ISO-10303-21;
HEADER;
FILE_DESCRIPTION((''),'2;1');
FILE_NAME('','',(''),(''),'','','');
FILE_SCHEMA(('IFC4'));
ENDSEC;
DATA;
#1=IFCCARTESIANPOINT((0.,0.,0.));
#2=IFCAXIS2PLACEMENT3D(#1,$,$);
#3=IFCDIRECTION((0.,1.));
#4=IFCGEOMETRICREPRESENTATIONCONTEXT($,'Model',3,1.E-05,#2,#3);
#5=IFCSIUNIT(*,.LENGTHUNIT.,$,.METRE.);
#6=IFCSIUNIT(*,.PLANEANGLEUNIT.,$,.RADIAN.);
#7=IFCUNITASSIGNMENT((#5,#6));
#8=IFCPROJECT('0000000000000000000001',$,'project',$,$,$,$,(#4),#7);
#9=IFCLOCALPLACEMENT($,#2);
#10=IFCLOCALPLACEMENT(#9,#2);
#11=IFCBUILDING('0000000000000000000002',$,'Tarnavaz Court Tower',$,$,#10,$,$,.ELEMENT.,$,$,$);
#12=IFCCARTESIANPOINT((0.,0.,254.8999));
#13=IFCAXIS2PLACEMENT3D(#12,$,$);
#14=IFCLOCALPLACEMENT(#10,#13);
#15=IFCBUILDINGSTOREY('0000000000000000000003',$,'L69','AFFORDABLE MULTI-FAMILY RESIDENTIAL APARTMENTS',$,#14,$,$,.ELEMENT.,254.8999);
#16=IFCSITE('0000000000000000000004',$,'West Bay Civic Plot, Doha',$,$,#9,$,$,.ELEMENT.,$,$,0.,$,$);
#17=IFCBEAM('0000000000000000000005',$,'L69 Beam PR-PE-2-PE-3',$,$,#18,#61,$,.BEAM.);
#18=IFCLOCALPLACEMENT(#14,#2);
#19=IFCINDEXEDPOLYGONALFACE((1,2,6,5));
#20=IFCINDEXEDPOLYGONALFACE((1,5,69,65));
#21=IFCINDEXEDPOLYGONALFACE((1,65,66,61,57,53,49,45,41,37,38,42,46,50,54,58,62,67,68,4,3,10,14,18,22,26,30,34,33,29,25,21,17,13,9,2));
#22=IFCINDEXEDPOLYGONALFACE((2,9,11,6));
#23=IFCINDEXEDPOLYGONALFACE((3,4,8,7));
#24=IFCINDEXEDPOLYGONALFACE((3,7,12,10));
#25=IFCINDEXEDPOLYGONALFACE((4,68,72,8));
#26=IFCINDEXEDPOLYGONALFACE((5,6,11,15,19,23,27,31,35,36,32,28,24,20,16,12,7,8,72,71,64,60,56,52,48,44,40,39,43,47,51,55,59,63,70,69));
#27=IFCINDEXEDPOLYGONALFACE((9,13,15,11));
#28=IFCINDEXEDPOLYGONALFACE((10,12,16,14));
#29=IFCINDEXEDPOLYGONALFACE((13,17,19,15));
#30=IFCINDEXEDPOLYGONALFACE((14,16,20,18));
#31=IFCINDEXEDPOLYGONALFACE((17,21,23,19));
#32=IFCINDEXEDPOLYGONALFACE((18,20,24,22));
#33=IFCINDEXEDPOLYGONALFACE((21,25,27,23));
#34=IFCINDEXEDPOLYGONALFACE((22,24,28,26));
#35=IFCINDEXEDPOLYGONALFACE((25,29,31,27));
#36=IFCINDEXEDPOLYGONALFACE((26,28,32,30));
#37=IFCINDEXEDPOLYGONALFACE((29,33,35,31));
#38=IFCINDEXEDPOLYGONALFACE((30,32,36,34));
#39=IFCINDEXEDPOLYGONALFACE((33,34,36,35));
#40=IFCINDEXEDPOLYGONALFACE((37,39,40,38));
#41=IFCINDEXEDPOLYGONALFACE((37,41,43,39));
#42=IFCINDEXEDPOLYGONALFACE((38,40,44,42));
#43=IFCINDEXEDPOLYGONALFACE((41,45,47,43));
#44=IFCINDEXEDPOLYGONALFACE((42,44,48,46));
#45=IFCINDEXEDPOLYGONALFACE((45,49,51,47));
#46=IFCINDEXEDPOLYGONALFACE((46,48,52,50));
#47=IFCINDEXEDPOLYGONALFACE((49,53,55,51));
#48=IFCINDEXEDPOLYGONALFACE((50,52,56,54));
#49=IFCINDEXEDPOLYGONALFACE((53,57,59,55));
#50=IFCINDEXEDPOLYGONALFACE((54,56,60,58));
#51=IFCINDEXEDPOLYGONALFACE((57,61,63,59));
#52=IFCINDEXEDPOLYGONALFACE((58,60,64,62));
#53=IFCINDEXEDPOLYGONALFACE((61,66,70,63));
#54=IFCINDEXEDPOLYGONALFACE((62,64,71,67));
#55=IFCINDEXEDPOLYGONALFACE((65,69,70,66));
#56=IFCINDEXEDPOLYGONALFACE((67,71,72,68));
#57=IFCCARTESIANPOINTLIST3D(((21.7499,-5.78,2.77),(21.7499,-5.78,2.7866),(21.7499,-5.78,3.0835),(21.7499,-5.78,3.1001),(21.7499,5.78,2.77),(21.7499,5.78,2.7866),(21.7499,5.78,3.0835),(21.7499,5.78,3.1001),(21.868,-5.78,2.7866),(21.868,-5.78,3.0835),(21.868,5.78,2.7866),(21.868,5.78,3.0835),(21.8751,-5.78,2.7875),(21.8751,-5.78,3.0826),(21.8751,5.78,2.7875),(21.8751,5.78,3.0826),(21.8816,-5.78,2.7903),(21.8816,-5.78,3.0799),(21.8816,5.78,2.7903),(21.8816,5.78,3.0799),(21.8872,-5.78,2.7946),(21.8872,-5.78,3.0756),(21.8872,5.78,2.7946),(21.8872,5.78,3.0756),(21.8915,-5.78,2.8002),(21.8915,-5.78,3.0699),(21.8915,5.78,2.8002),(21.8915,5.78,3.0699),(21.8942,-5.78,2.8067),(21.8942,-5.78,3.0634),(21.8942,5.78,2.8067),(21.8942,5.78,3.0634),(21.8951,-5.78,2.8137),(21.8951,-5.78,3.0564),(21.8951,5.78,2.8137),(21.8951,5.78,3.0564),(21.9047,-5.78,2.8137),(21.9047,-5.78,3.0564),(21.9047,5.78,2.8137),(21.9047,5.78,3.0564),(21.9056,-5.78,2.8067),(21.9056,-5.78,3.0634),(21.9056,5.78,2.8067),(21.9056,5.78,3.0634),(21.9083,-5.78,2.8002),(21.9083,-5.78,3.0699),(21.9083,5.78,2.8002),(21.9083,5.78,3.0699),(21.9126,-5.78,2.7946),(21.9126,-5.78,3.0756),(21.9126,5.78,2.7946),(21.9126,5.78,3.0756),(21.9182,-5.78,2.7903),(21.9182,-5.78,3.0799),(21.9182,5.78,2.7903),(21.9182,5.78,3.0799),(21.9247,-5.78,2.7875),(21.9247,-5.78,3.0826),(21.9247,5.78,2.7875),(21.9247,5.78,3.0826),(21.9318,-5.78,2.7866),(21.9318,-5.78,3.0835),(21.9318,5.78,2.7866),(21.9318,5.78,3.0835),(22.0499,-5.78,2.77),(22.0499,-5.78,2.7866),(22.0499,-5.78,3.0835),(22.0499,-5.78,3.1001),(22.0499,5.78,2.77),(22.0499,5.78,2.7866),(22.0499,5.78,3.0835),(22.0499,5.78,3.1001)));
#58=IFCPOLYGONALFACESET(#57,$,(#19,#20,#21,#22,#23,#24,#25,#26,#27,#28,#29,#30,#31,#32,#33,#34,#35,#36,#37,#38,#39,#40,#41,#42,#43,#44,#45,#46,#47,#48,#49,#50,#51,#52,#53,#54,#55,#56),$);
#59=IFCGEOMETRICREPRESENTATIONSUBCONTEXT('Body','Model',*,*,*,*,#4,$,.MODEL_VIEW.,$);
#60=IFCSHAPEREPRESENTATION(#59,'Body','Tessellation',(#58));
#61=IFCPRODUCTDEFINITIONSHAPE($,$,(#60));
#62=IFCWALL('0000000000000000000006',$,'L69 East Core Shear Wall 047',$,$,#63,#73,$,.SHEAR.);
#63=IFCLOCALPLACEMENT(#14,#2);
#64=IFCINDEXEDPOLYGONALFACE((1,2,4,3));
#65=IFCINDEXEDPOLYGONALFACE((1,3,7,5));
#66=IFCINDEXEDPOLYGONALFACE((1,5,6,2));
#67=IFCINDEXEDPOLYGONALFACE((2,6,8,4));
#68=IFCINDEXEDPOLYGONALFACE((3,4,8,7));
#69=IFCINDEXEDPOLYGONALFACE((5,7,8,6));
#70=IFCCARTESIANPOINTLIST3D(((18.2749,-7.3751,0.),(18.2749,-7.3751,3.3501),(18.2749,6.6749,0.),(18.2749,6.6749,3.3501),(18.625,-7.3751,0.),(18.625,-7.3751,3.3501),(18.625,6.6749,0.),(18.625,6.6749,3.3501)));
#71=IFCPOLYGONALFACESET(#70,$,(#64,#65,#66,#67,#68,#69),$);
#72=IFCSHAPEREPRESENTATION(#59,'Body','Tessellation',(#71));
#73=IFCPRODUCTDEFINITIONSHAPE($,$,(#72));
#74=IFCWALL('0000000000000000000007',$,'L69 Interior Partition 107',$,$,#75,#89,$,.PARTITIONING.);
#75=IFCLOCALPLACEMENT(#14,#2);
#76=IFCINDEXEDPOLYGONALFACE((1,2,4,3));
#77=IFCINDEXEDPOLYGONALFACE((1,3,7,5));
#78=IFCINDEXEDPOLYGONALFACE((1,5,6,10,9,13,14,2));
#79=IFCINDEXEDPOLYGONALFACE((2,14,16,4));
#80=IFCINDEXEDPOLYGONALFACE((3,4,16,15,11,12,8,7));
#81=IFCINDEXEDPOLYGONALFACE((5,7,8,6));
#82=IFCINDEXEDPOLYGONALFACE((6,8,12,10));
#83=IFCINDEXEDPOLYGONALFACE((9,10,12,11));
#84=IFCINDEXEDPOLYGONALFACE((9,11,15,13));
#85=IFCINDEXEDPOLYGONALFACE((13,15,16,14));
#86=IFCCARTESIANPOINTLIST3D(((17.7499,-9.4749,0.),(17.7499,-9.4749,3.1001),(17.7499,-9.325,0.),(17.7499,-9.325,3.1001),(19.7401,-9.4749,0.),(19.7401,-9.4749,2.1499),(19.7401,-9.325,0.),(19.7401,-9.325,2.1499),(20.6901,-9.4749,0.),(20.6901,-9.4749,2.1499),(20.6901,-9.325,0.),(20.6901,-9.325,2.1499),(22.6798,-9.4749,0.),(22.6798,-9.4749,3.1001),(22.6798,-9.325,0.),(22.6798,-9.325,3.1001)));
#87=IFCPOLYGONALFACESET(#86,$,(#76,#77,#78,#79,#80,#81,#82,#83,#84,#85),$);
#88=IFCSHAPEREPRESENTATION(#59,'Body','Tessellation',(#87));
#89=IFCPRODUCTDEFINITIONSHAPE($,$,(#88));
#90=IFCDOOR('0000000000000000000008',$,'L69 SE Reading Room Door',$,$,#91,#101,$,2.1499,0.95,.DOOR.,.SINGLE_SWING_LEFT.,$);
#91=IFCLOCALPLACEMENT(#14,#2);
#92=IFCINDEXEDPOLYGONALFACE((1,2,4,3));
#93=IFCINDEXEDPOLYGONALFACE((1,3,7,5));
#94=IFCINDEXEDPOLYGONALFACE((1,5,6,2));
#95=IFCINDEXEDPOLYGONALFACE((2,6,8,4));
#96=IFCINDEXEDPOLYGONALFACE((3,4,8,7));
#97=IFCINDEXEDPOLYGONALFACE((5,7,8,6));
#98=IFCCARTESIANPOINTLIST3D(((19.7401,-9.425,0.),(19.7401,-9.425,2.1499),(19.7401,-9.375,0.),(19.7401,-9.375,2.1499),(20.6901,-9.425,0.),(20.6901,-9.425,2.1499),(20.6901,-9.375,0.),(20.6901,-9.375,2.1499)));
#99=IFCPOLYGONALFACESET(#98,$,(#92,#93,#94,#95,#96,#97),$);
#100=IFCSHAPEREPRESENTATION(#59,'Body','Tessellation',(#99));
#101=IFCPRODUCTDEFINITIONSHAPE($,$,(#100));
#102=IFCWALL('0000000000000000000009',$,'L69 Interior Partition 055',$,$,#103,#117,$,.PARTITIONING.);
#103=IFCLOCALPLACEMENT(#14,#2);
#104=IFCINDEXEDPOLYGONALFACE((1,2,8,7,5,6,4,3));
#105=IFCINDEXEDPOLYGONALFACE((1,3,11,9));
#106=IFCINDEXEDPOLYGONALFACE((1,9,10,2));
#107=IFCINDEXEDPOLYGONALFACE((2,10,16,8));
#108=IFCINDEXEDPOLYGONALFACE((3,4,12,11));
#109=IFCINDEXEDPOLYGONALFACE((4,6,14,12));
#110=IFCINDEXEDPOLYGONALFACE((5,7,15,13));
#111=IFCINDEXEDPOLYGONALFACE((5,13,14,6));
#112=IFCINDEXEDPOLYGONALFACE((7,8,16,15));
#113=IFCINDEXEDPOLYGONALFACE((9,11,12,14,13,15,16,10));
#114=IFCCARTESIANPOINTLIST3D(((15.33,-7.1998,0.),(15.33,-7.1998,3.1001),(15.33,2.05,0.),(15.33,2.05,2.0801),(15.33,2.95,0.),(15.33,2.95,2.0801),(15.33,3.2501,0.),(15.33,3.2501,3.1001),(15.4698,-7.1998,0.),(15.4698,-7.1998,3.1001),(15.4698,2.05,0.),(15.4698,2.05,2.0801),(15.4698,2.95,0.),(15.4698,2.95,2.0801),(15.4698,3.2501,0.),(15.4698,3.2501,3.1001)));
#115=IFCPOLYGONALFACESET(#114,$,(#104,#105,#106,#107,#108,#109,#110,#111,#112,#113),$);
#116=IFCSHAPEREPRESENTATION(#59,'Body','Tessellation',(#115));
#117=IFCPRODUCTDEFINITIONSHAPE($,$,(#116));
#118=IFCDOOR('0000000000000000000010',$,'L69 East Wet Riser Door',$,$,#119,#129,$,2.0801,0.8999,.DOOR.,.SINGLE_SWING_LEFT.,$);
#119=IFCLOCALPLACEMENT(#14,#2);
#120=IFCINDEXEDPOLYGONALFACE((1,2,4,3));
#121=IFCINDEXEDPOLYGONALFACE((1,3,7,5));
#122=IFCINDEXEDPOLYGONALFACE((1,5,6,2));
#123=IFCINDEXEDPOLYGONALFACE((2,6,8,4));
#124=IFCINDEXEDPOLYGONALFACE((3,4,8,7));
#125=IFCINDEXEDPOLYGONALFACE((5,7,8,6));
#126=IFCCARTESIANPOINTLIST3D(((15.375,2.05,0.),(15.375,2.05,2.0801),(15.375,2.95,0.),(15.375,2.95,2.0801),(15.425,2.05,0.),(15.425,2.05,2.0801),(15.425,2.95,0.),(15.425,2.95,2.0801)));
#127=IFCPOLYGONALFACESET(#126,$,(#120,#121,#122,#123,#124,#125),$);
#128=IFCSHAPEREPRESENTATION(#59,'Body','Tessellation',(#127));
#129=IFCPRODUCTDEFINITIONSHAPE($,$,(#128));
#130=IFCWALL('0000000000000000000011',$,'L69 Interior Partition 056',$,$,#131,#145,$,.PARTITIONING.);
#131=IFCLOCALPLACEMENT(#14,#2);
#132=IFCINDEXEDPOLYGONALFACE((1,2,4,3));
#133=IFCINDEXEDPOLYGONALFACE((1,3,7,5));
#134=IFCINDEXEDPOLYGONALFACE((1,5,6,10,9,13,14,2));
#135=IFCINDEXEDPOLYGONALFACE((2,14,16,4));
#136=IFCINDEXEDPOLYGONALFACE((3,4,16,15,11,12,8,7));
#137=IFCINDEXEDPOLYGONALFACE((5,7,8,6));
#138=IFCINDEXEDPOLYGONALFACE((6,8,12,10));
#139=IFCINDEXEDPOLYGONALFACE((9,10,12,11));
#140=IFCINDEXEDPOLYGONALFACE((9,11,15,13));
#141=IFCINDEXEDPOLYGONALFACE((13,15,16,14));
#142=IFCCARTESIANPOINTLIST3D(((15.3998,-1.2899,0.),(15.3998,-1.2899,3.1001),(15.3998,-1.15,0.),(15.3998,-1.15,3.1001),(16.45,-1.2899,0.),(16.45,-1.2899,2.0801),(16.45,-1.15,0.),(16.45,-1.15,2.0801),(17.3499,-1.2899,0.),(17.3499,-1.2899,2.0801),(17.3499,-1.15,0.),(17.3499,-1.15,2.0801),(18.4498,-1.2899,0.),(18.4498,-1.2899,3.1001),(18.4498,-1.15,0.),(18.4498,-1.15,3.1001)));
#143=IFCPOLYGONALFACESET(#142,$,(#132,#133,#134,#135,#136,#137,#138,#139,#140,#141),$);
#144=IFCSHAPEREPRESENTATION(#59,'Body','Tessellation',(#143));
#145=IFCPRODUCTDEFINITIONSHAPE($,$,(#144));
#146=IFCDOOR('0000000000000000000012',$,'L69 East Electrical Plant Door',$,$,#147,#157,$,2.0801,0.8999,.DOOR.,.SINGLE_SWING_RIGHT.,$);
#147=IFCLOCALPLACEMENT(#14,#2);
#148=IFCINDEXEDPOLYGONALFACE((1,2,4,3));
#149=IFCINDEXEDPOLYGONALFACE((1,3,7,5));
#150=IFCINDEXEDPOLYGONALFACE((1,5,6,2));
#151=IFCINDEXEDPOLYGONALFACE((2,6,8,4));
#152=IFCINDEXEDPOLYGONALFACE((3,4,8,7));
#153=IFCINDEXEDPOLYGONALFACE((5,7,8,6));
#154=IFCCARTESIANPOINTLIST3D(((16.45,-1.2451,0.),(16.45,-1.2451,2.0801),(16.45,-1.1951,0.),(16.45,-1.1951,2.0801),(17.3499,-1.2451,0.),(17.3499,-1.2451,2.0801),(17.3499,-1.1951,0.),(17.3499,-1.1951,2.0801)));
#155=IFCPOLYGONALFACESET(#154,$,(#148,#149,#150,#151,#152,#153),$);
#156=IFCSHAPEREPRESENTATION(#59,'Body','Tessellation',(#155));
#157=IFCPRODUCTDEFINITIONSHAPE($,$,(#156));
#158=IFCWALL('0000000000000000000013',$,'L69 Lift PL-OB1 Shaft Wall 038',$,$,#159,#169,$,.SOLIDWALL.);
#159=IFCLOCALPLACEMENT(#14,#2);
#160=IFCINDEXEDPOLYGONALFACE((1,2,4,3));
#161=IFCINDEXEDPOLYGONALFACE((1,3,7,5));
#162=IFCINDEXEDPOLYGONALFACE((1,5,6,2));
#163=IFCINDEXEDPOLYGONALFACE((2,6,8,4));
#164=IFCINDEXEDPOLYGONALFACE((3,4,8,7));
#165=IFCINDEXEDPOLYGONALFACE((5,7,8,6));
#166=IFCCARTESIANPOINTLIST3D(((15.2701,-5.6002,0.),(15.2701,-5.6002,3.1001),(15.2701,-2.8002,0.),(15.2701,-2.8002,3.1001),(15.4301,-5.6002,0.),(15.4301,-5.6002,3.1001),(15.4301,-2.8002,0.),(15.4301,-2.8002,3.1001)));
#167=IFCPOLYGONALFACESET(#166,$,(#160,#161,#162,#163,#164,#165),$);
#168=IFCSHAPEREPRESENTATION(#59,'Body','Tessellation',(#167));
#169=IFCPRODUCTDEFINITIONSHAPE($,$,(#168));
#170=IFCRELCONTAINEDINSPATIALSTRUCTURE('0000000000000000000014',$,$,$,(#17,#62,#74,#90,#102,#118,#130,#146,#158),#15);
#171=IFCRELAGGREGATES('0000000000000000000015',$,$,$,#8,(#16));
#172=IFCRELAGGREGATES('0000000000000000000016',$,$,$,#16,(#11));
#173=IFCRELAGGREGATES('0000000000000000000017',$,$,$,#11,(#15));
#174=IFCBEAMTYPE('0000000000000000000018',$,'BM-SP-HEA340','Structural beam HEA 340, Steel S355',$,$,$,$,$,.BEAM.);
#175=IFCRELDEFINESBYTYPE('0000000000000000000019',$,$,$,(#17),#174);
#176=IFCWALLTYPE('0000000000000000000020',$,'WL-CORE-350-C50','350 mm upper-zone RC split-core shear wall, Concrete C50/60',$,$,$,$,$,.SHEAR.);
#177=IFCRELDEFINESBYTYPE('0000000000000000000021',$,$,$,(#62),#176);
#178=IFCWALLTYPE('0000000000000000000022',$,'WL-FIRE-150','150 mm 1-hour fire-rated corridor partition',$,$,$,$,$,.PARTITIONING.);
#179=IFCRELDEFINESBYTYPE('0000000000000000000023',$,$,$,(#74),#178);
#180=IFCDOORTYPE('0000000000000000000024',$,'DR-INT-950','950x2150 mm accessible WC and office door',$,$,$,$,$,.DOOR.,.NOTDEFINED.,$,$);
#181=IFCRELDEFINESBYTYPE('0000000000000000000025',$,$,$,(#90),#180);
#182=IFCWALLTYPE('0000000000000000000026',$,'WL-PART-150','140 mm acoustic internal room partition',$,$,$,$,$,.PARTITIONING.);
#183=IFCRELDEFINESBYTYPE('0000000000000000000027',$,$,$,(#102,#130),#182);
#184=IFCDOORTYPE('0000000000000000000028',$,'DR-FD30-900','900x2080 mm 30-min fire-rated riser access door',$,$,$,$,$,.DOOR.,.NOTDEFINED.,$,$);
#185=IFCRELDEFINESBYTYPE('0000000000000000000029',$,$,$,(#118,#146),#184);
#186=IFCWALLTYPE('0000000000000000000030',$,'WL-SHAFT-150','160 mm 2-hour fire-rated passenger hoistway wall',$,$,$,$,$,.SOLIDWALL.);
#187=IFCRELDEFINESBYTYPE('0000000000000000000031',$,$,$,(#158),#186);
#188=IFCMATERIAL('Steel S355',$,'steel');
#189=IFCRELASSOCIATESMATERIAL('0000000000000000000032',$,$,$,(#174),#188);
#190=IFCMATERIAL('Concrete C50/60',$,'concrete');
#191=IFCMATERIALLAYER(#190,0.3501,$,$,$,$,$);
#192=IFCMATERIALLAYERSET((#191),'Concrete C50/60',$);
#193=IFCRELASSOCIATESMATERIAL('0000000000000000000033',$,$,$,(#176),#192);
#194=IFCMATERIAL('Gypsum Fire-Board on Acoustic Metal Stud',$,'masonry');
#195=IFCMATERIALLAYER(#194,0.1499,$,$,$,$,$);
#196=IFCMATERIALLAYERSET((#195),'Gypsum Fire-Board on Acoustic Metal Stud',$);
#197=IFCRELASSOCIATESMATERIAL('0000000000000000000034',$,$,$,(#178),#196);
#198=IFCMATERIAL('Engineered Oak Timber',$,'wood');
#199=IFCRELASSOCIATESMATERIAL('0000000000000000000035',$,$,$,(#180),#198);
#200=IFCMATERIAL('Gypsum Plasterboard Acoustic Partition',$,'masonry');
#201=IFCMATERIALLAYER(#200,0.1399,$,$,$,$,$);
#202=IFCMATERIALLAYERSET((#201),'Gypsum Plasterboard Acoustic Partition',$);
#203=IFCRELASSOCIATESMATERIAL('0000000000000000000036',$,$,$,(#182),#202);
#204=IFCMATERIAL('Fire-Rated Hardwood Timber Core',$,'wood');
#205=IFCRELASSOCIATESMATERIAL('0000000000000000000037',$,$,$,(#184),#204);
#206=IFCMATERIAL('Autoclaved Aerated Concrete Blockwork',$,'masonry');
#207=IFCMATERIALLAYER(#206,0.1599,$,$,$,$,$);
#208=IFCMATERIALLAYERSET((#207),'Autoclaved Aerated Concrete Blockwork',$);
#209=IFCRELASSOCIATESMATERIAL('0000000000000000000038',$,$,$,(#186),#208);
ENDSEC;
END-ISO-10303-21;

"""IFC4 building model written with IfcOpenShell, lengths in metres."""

from ifc_helpers import new_model, si_unit, direction, frame, frame_2d, origin, origin_2d, place, context, subcontext, project, spatial, rectangle, i_section, extrude, material, layer, layer_set, material_profile, profile_set, type_object, element, fill, save


model = new_model("IFC4")

# Units and contexts
model_context = context("Model", 3, precision=1e-05, world=origin(), true_north=direction((0.0, 1.0)))
body_context = subcontext(model_context, "Body", "Model", "MODEL_VIEW")
ifc_project = project(units=[si_unit("LENGTHUNIT", "METRE"), si_unit("PLANEANGLEUNIT", "RADIAN")], contexts=[model_context])

# Site, building, storey
site_placement = place(None, origin())
site = spatial("IfcSite", under=ifc_project, at=site_placement, Name="West Bay Civic Plot, Doha", CompositionType="ELEMENT", RefElevation=0.0)
building_placement = place(site_placement, origin())
building = spatial("IfcBuilding", under=site, at=building_placement, Name="Tarnavaz Court Tower", CompositionType="ELEMENT")
storey_placement = place(building_placement, frame((0.0, 0.0, 254.8999)))
storey = spatial("IfcBuildingStorey", under=building, at=storey_placement, Name="L69", Description="AFFORDABLE MULTI-FAMILY RESIDENTIAL APARTMENTS", CompositionType="ELEMENT", Elevation=254.8999)

# Shared definitions
ifc_material_1 = material(Name="Concrete C50/60", Category="concrete")

# Beam
ifc_material_2 = material(Name="Steel S355", Category="steel")
ifc_material_profile_1 = material_profile(ifc_material_2, i_section(OverallWidth=0.3, OverallDepth=0.3301, WebThickness=0.0095, FlangeThickness=0.0166, FilletRadius=0.0271, at=origin_2d()), Name="HEA 340")
ifc_profile_set_1 = profile_set([ifc_material_profile_1], Name="Steel S355")
beam_type_1 = type_object("IfcBeamType", Name="BM-SP-HEA340", Description="Structural beam HEA 340, Steel S355", PredefinedType="BEAM", material=ifc_profile_set_1)
beam_1_placement = place(storey_placement, frame((21.8999, -5.78, 2.9351), z_axis=(0.0, 1.0, 0.0), x_axis=(-1.0, 0.0, 0.0)))
element("IfcBeam", 1, at=beam_1_placement, inside=storey, type_object=beam_type_1, Name="L69 Beam PR-PE-2-PE-3", PredefinedType="BEAM", context=body_context, shape_type="SweptSolid", body=[
    extrude(i_section(OverallWidth=0.3, OverallDepth=0.3301, WebThickness=0.0095, FlangeThickness=0.0166, FilletRadius=0.0271, at=origin_2d()), origin(), (0.0, 0.0, 1.0), 11.5601),
])

# Wall
ifc_layer_1 = layer(ifc_material_1, 0.3501)
ifc_layer_set_1 = layer_set([ifc_layer_1], Name="Concrete C50/60")
wall_type_1 = type_object("IfcWallType", Name="WL-CORE-350-C50", Description="350 mm upper-zone RC split-core shear wall, Concrete C50/60", PredefinedType="SHEAR", material=ifc_layer_set_1)
wall_1_placement = place(storey_placement, frame((18.45, -7.375, 0.0), z_axis=(0.0, 0.0, 1.0), x_axis=(0.0, 1.0, 0.0)))
element("IfcWall", 2, at=wall_1_placement, inside=storey, type_object=wall_type_1, Name="L69 East Core Shear Wall 047", PredefinedType="SHEAR", context=body_context, shape_type="SweptSolid", body=[
    extrude(rectangle(XDim=14.05, YDim=0.3501, at=frame_2d((7.0249, 0.0))), origin(), (0.0, 0.0, 1.0), 3.3501),
])

# Walls, openings, doors
ifc_material_3 = material(Name="Gypsum Fire-Board on Acoustic Metal Stud", Category="masonry")
ifc_layer_2 = layer(ifc_material_3, 0.1499)
ifc_layer_set_2 = layer_set([ifc_layer_2], Name="Gypsum Fire-Board on Acoustic Metal Stud")
wall_type_2 = type_object("IfcWallType", Name="WL-FIRE-150", Description="150 mm 1-hour fire-rated corridor partition", PredefinedType="PARTITIONING", material=ifc_layer_set_2)
ifc_material_4 = material(Name="Engineered Oak Timber", Category="wood")
wall_2_placement = place(storey_placement, frame((17.75, -9.3999, 0.0), z_axis=(0.0, 0.0, 1.0), x_axis=(1.0, 0.0, 0.0)))
wall_2 = element("IfcWall", 3, at=wall_2_placement, inside=storey, type_object=wall_type_2, Name="L69 Interior Partition 107", PredefinedType="PARTITIONING", context=body_context, shape_type="SweptSolid", body=[
    extrude(rectangle(XDim=4.9299, YDim=0.1499, at=frame_2d((2.4648, 0.0))), origin(), (0.0, 0.0, 1.0), 3.1001),
])
opening_1_placement = place(wall_2_placement, frame((1.99, 0.0, 0.0)))
opening_1 = element("IfcOpeningElement", 4, at=opening_1_placement, cuts=wall_2, PredefinedType="OPENING", context=body_context, shape_type="SweptSolid", body=[
    extrude(rectangle(XDim=0.95, YDim=2.1499, at=frame_2d((0.4751, 1.075))), frame((0.0, 0.085, 0.0), z_axis=(0.0, -1.0, 0.0), x_axis=(1.0, 0.0, 0.0)), (0.0, 0.0, 1.0), 0.1699),
])
door_type_1 = type_object("IfcDoorType", Name="DR-INT-950", Description="950x2150 mm accessible WC and office door", OperationType="NOTDEFINED", PredefinedType="DOOR", material=ifc_material_4)
door_1_placement = place(opening_1_placement, origin())
door_1 = element("IfcDoor", 5, at=door_1_placement, inside=storey, type_object=door_type_1, Name="L69 SE Reading Room Door", OperationType="SINGLE_SWING_LEFT", OverallHeight=2.1499, OverallWidth=0.95, PredefinedType="DOOR", context=body_context, shape_type="SweptSolid", body=[
    extrude(rectangle(XDim=0.95, YDim=2.1499, at=frame_2d((0.4751, 1.075))), frame((0.0, 0.0249, 0.0), z_axis=(0.0, -1.0, 0.0), x_axis=(1.0, 0.0, 0.0)), (0.0, 0.0, 1.0), 0.05),
])
fill(opening_1, door_1)
ifc_material_5 = material(Name="Gypsum Plasterboard Acoustic Partition", Category="masonry")
ifc_layer_3 = layer(ifc_material_5, 0.1399)
ifc_layer_set_3 = layer_set([ifc_layer_3], Name="Gypsum Plasterboard Acoustic Partition")
wall_type_3 = type_object("IfcWallType", Name="WL-PART-150", Description="140 mm acoustic internal room partition", PredefinedType="PARTITIONING", material=ifc_layer_set_3)
wall_3_placement = place(storey_placement, frame((15.3999, -7.2, 0.0), z_axis=(0.0, 0.0, 1.0), x_axis=(0.0, 1.0, 0.0)))
wall_3 = element("IfcWall", 6, at=wall_3_placement, inside=storey, type_object=wall_type_3, Name="L69 Interior Partition 055", PredefinedType="PARTITIONING", context=body_context, shape_type="SweptSolid", body=[
    extrude(rectangle(XDim=10.45, YDim=0.1399, at=frame_2d((5.2251, 0.0))), origin(), (0.0, 0.0, 1.0), 3.1001),
])
opening_2_placement = place(wall_3_placement, frame((9.25, 0.0, 0.0)))
opening_2 = element("IfcOpeningElement", 7, at=opening_2_placement, cuts=wall_3, PredefinedType="OPENING", context=body_context, shape_type="SweptSolid", body=[
    extrude(rectangle(XDim=0.8999, YDim=2.0801, at=frame_2d((0.45, 1.04))), frame((0.0, 0.0798, 0.0), z_axis=(0.0, -1.0, 0.0), x_axis=(1.0, 0.0, 0.0)), (0.0, 0.0, 1.0), 0.1599),
])
ifc_material_6 = material(Name="Fire-Rated Hardwood Timber Core", Category="wood")
door_type_2 = type_object("IfcDoorType", Name="DR-FD30-900", Description="900x2080 mm 30-min fire-rated riser access door", OperationType="NOTDEFINED", PredefinedType="DOOR", material=ifc_material_6)
door_2_placement = place(opening_2_placement, origin())
door_2 = element("IfcDoor", 8, at=door_2_placement, inside=storey, type_object=door_type_2, Name="L69 East Wet Riser Door", OperationType="SINGLE_SWING_LEFT", OverallHeight=2.0801, OverallWidth=0.8999, PredefinedType="DOOR", context=body_context, shape_type="SweptSolid", body=[
    extrude(rectangle(XDim=0.8999, YDim=2.0801, at=frame_2d((0.45, 1.04))), frame((0.0, 0.0249, 0.0), z_axis=(0.0, -1.0, 0.0), x_axis=(1.0, 0.0, 0.0)), (0.0, 0.0, 1.0), 0.05),
])
fill(opening_2, door_2)
wall_4_placement = place(storey_placement, frame((15.3999, -1.22, 0.0), z_axis=(0.0, 0.0, 1.0), x_axis=(1.0, 0.0, 0.0)))
wall_4 = element("IfcWall", 9, at=wall_4_placement, inside=storey, type_object=wall_type_3, Name="L69 Interior Partition 056", PredefinedType="PARTITIONING", context=body_context, shape_type="SweptSolid", body=[
    extrude(rectangle(XDim=3.05, YDim=0.1399, at=frame_2d((1.5249, 0.0))), origin(), (0.0, 0.0, 1.0), 3.1001),
])
opening_3_placement = place(wall_4_placement, frame((1.05, 0.0, 0.0)))
opening_3 = element("IfcOpeningElement", 10, at=opening_3_placement, cuts=wall_4, PredefinedType="OPENING", context=body_context, shape_type="SweptSolid", body=[
    extrude(rectangle(XDim=0.8999, YDim=2.0801, at=frame_2d((0.45, 1.04))), frame((0.0, 0.0798, 0.0), z_axis=(0.0, -1.0, 0.0), x_axis=(1.0, 0.0, 0.0)), (0.0, 0.0, 1.0), 0.1599),
])
door_3_placement = place(opening_3_placement, origin())
door_3 = element("IfcDoor", 11, at=door_3_placement, inside=storey, type_object=door_type_2, Name="L69 East Electrical Plant Door", OperationType="SINGLE_SWING_RIGHT", OverallHeight=2.0801, OverallWidth=0.8999, PredefinedType="DOOR", context=body_context, shape_type="SweptSolid", body=[
    extrude(rectangle(XDim=0.8999, YDim=2.0801, at=frame_2d((0.45, 1.04))), frame((0.0, 0.0249, 0.0), z_axis=(0.0, -1.0, 0.0), x_axis=(1.0, 0.0, 0.0)), (0.0, 0.0, 1.0), 0.05),
])
fill(opening_3, door_3)

# Wall
ifc_material_7 = material(Name="Autoclaved Aerated Concrete Blockwork", Category="masonry")
ifc_layer_4 = layer(ifc_material_7, 0.1599)
ifc_layer_set_4 = layer_set([ifc_layer_4], Name="Autoclaved Aerated Concrete Blockwork")
wall_type_4 = type_object("IfcWallType", Name="WL-SHAFT-150", Description="160 mm 2-hour fire-rated passenger hoistway wall", PredefinedType="SOLIDWALL", material=ifc_layer_set_4)
wall_5_placement = place(storey_placement, frame((15.3501, -5.6001, 0.0), z_axis=(0.0, 0.0, 1.0), x_axis=(0.0, 1.0, 0.0)))
element("IfcWall", 12, at=wall_5_placement, inside=storey, type_object=wall_type_4, Name="L69 Lift PL-OB1 Shaft Wall 038", PredefinedType="SOLIDWALL", context=body_context, shape_type="SweptSolid", body=[
    extrude(rectangle(XDim=2.8, YDim=0.1599, at=frame_2d((1.3999, 0.0))), origin(), (0.0, 0.0, 1.0), 3.1001),
])

save(model, "model.ifc")
